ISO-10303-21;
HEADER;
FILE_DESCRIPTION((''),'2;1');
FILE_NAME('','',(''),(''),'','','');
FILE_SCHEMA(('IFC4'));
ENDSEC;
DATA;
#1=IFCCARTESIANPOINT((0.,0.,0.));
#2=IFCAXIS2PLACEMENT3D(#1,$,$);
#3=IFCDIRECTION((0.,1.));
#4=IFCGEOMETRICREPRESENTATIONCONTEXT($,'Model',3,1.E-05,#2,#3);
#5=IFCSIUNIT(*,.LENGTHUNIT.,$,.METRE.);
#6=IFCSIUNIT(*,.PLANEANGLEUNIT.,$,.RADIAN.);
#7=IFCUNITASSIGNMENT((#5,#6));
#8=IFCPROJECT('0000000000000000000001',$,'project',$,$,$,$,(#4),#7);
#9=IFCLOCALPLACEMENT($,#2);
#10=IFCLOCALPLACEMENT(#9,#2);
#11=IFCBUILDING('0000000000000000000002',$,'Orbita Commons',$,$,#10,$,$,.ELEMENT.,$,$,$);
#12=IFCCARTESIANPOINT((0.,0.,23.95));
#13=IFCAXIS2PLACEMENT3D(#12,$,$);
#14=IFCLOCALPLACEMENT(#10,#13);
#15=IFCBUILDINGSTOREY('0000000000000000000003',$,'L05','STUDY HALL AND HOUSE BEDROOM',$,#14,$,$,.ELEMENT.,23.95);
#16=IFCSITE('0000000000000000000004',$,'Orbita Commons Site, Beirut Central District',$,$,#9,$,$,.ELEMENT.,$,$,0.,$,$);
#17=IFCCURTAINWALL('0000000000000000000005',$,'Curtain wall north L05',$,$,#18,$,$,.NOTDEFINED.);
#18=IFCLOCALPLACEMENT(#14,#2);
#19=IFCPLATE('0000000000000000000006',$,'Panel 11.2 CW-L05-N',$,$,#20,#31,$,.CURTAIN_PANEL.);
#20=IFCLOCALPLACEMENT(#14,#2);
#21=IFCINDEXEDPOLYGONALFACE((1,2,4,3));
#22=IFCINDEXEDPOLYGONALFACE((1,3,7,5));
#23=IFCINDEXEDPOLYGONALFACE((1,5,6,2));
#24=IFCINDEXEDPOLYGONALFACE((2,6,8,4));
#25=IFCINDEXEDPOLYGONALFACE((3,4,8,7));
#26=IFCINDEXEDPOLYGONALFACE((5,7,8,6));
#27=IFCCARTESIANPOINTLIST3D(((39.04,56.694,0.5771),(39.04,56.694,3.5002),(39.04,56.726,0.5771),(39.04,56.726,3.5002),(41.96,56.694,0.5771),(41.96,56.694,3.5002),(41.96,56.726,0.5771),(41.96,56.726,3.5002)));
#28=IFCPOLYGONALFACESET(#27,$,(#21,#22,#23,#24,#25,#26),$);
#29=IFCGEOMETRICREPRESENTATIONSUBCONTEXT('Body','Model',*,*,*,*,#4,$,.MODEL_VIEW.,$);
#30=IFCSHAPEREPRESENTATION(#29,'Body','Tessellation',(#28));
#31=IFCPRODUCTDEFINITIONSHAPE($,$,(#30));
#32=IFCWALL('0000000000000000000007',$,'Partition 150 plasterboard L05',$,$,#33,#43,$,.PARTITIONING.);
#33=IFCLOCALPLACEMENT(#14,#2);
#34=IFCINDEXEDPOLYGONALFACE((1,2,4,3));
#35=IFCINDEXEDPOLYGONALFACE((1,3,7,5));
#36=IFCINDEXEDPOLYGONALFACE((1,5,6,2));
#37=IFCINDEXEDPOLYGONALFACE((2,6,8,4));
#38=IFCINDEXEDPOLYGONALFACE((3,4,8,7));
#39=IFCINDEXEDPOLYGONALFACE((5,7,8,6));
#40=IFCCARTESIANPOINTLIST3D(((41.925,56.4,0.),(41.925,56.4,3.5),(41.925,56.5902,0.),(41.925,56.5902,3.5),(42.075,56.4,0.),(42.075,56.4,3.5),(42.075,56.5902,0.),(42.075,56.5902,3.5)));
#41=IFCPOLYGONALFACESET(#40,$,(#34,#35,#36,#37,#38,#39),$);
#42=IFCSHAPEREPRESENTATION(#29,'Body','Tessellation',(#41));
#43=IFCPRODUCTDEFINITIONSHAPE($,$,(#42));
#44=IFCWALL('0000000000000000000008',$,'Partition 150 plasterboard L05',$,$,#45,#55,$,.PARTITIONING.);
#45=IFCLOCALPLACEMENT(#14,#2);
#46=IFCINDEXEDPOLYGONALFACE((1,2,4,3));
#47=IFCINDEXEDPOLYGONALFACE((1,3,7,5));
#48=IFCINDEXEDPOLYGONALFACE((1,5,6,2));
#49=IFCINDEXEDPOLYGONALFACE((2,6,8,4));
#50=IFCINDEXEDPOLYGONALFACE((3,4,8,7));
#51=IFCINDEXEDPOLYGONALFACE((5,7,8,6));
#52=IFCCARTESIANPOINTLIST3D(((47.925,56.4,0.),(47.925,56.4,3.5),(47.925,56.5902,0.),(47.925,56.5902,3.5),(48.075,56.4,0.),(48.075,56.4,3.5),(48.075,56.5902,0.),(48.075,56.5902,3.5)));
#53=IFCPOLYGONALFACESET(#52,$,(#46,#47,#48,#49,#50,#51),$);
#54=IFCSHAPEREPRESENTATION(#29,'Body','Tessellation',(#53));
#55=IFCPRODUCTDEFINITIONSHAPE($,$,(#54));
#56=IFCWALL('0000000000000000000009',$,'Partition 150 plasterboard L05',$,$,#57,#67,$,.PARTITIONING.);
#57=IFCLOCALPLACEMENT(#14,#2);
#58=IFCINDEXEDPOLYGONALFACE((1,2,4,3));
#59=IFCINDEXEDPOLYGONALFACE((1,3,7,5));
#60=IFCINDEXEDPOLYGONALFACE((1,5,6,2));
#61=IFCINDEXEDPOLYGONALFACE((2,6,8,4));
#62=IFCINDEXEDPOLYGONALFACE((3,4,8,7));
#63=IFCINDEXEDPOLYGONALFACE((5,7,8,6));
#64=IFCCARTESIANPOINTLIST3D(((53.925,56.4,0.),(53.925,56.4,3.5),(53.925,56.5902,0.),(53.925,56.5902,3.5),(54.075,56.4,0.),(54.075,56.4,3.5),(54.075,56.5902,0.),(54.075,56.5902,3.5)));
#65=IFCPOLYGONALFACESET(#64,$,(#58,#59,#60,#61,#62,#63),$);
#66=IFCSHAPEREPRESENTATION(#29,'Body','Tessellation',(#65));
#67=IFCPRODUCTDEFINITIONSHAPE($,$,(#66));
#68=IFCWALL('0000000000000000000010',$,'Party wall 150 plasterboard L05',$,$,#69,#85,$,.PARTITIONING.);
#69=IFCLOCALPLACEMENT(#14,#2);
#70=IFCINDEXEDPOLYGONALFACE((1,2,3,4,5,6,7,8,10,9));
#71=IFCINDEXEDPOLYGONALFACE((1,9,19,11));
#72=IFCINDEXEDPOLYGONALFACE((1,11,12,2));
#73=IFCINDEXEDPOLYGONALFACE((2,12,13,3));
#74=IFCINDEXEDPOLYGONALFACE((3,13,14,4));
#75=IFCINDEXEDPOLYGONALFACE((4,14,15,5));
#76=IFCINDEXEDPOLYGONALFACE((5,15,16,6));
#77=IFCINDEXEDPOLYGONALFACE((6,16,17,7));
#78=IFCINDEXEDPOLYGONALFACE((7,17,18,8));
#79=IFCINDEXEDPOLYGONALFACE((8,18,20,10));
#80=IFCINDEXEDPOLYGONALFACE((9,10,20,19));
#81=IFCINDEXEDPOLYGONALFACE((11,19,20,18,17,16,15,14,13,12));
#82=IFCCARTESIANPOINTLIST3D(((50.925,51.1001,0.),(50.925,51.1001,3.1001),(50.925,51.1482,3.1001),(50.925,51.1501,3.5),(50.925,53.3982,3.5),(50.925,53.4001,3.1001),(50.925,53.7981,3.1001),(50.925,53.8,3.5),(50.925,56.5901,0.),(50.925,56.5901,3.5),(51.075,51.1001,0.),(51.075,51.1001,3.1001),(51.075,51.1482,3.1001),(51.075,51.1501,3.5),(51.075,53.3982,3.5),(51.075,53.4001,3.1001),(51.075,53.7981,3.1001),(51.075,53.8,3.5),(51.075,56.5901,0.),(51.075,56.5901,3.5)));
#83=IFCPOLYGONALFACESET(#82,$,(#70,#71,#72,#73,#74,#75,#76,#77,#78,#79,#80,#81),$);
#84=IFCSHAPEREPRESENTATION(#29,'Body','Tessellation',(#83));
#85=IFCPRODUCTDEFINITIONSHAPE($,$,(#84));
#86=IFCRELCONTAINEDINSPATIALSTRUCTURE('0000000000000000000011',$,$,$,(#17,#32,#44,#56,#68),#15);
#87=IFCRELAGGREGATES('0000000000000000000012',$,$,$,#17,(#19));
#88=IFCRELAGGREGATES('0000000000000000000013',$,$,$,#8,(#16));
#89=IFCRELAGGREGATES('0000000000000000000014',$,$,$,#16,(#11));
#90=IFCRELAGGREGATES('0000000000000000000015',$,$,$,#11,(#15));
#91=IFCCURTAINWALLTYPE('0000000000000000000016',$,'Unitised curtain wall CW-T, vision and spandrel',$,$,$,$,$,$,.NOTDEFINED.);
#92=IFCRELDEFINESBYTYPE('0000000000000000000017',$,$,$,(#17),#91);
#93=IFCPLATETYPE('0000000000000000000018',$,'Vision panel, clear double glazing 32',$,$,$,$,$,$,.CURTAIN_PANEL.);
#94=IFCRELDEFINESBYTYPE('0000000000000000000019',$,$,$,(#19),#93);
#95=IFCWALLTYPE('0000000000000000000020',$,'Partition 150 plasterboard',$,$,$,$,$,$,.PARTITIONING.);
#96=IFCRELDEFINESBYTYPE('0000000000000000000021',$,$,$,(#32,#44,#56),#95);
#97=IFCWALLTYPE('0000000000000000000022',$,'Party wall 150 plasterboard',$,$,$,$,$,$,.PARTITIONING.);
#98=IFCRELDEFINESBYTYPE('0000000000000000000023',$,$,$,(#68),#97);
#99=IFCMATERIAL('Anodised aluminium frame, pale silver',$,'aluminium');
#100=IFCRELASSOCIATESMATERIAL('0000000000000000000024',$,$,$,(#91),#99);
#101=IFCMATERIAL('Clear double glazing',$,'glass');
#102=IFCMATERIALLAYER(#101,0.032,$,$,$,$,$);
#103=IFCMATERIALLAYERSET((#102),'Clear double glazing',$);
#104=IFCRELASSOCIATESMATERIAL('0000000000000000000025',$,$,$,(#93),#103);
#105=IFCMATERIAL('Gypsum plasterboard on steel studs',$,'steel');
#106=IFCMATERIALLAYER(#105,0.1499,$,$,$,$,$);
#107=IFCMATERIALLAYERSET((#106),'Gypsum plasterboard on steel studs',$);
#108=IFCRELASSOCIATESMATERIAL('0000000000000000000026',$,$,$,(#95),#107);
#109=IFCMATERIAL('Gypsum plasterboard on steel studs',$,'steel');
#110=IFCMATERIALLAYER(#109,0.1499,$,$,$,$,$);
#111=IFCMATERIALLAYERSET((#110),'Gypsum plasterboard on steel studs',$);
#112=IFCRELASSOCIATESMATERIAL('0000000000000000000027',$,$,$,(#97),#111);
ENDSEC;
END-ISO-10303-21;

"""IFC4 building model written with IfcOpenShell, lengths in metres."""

from ifc_helpers import new_model, si_unit, direction, frame, frame_2d, origin, origin_2d, place, context, subcontext, project, spatial, polyline, rectangle, outline, extrude, material, layer, layer_set, type_object, element, aggregate, save


model = new_model("IFC4")

# Units and contexts
model_context = context("Model", 3, precision=1e-05, world=origin(), true_north=direction((0.0, 1.0)))
body_context = subcontext(model_context, "Body", "Model", "MODEL_VIEW")
ifc_project = project(units=[si_unit("LENGTHUNIT", "METRE"), si_unit("PLANEANGLEUNIT", "RADIAN")], contexts=[model_context])

# Site, building, storey
site_placement = place(None, origin())
site = spatial("IfcSite", under=ifc_project, at=site_placement, Name="Orbita Commons Site, Beirut Central District", CompositionType="ELEMENT", RefElevation=0.0)
building_placement = place(site_placement, origin())
building = spatial("IfcBuilding", under=site, at=building_placement, Name="Orbita Commons", CompositionType="ELEMENT")
storey_placement = place(building_placement, frame((0.0, 0.0, 23.95)))
storey = spatial("IfcBuildingStorey", under=building, at=storey_placement, Name="L05", Description="STUDY HALL AND HOUSE BEDROOM", CompositionType="ELEMENT", Elevation=23.95)

# Curtain wall
ifc_material_1 = material(Name="Anodised aluminium frame, pale silver", Category="aluminium")
curtain_wall_type = type_object("IfcCurtainWallType", Name="Unitised curtain wall CW-T, vision and spandrel", PredefinedType="NOTDEFINED", material=ifc_material_1)
curtain_wall_placement = place(storey_placement, origin())
curtain_wall = element("IfcCurtainWall", 1, at=curtain_wall_placement, inside=storey, type_object=curtain_wall_type, Name="Curtain wall north L05", PredefinedType="NOTDEFINED")

# Plate
ifc_material_2 = material(Name="Clear double glazing", Category="glass")
ifc_layer_1 = layer(ifc_material_2, 0.032)
ifc_layer_set_1 = layer_set([ifc_layer_1], Name="Clear double glazing")
plate_type_1 = type_object("IfcPlateType", Name="Vision panel, clear double glazing 32", PredefinedType="CURTAIN_PANEL", material=ifc_layer_set_1)
plate_1_placement = place(storey_placement, frame((40.5, 56.71, 0.5771), z_axis=(0.0, 0.0, 1.0), x_axis=(-1.0, 0.0, 0.0)))
plate_1 = element("IfcPlate", 2, at=plate_1_placement, type_object=plate_type_1, Name="Panel 11.2 CW-L05-N", PredefinedType="CURTAIN_PANEL", context=body_context, shape_type="SweptSolid", body=[
    extrude(rectangle(XDim=2.9199, YDim=0.032, at=origin_2d()), origin(), (0.0, 0.0, 1.0), 2.9231),
])
aggregate(curtain_wall, [plate_1])

# Walls
ifc_material_3 = material(Name="Gypsum plasterboard on steel studs", Category="steel")
ifc_layer_2 = layer(ifc_material_3, 0.1499)
ifc_layer_set_2 = layer_set([ifc_layer_2], Name="Gypsum plasterboard on steel studs")
wall_type_1 = type_object("IfcWallType", Name="Partition 150 plasterboard", PredefinedType="PARTITIONING", material=ifc_layer_set_2)
for number, where, z_axis, x_axis, name in (
    (3, (42.0, 56.3999, 0.0), (0.0, 0.0, 1.0), (0.0, 1.0, 0.0), "Partition 150 plasterboard L05"),
    (4, (48.0, 56.3999, 0.0), (0.0, 0.0, 1.0), (0.0, 1.0, 0.0), "Partition 150 plasterboard L05"),
    (5, (54.0, 56.3999, 0.0), (0.0, 0.0, 1.0), (0.0, 1.0, 0.0), "Partition 150 plasterboard L05"),
):
    element("IfcWall", number, at=place(storey_placement, frame(where, z_axis=z_axis, x_axis=x_axis)), inside=storey, type_object=wall_type_1, Name=name, PredefinedType="PARTITIONING", context=body_context, shape_type="SweptSolid", body=[
        extrude(rectangle(XDim=0.1902, YDim=0.1499, at=frame_2d((0.0952, 0.0))), origin(), (0.0, 0.0, 1.0), 3.5),
    ])
ifc_material_4 = material(Name="Gypsum plasterboard on steel studs", Category="steel")
ifc_layer_3 = layer(ifc_material_4, 0.1499)
ifc_layer_set_3 = layer_set([ifc_layer_3], Name="Gypsum plasterboard on steel studs")
wall_type_2 = type_object("IfcWallType", Name="Party wall 150 plasterboard", PredefinedType="PARTITIONING", material=ifc_layer_set_3)
wall_placement = place(storey_placement, frame((51.0, 56.5901, 0.0), z_axis=(0.0, 0.0, 1.0), x_axis=(0.0, -1.0, 0.0)))
element("IfcWall", 6, at=wall_placement, inside=storey, type_object=wall_type_2, Name="Party wall 150 plasterboard L05", PredefinedType="PARTITIONING", context=body_context, shape_type="SweptSolid", body=[
    extrude(outline(polyline([(0.0, 0.0), (5.49, 0.0), (5.49, 3.1001), (5.4419, 3.1001), (5.4399, 3.5), (3.1919, 3.5), (3.1899, 3.1001), (2.792, 3.1001), (2.79, 3.5), (0.0, 3.5), (0.0, 0.0)])), frame((0.0, 0.075, 0.0), z_axis=(0.0, -1.0, 0.0), x_axis=(1.0, 0.0, 0.0)), (0.0, 0.0, 1.0), 0.1499),
])

save(model, "model.ifc")
